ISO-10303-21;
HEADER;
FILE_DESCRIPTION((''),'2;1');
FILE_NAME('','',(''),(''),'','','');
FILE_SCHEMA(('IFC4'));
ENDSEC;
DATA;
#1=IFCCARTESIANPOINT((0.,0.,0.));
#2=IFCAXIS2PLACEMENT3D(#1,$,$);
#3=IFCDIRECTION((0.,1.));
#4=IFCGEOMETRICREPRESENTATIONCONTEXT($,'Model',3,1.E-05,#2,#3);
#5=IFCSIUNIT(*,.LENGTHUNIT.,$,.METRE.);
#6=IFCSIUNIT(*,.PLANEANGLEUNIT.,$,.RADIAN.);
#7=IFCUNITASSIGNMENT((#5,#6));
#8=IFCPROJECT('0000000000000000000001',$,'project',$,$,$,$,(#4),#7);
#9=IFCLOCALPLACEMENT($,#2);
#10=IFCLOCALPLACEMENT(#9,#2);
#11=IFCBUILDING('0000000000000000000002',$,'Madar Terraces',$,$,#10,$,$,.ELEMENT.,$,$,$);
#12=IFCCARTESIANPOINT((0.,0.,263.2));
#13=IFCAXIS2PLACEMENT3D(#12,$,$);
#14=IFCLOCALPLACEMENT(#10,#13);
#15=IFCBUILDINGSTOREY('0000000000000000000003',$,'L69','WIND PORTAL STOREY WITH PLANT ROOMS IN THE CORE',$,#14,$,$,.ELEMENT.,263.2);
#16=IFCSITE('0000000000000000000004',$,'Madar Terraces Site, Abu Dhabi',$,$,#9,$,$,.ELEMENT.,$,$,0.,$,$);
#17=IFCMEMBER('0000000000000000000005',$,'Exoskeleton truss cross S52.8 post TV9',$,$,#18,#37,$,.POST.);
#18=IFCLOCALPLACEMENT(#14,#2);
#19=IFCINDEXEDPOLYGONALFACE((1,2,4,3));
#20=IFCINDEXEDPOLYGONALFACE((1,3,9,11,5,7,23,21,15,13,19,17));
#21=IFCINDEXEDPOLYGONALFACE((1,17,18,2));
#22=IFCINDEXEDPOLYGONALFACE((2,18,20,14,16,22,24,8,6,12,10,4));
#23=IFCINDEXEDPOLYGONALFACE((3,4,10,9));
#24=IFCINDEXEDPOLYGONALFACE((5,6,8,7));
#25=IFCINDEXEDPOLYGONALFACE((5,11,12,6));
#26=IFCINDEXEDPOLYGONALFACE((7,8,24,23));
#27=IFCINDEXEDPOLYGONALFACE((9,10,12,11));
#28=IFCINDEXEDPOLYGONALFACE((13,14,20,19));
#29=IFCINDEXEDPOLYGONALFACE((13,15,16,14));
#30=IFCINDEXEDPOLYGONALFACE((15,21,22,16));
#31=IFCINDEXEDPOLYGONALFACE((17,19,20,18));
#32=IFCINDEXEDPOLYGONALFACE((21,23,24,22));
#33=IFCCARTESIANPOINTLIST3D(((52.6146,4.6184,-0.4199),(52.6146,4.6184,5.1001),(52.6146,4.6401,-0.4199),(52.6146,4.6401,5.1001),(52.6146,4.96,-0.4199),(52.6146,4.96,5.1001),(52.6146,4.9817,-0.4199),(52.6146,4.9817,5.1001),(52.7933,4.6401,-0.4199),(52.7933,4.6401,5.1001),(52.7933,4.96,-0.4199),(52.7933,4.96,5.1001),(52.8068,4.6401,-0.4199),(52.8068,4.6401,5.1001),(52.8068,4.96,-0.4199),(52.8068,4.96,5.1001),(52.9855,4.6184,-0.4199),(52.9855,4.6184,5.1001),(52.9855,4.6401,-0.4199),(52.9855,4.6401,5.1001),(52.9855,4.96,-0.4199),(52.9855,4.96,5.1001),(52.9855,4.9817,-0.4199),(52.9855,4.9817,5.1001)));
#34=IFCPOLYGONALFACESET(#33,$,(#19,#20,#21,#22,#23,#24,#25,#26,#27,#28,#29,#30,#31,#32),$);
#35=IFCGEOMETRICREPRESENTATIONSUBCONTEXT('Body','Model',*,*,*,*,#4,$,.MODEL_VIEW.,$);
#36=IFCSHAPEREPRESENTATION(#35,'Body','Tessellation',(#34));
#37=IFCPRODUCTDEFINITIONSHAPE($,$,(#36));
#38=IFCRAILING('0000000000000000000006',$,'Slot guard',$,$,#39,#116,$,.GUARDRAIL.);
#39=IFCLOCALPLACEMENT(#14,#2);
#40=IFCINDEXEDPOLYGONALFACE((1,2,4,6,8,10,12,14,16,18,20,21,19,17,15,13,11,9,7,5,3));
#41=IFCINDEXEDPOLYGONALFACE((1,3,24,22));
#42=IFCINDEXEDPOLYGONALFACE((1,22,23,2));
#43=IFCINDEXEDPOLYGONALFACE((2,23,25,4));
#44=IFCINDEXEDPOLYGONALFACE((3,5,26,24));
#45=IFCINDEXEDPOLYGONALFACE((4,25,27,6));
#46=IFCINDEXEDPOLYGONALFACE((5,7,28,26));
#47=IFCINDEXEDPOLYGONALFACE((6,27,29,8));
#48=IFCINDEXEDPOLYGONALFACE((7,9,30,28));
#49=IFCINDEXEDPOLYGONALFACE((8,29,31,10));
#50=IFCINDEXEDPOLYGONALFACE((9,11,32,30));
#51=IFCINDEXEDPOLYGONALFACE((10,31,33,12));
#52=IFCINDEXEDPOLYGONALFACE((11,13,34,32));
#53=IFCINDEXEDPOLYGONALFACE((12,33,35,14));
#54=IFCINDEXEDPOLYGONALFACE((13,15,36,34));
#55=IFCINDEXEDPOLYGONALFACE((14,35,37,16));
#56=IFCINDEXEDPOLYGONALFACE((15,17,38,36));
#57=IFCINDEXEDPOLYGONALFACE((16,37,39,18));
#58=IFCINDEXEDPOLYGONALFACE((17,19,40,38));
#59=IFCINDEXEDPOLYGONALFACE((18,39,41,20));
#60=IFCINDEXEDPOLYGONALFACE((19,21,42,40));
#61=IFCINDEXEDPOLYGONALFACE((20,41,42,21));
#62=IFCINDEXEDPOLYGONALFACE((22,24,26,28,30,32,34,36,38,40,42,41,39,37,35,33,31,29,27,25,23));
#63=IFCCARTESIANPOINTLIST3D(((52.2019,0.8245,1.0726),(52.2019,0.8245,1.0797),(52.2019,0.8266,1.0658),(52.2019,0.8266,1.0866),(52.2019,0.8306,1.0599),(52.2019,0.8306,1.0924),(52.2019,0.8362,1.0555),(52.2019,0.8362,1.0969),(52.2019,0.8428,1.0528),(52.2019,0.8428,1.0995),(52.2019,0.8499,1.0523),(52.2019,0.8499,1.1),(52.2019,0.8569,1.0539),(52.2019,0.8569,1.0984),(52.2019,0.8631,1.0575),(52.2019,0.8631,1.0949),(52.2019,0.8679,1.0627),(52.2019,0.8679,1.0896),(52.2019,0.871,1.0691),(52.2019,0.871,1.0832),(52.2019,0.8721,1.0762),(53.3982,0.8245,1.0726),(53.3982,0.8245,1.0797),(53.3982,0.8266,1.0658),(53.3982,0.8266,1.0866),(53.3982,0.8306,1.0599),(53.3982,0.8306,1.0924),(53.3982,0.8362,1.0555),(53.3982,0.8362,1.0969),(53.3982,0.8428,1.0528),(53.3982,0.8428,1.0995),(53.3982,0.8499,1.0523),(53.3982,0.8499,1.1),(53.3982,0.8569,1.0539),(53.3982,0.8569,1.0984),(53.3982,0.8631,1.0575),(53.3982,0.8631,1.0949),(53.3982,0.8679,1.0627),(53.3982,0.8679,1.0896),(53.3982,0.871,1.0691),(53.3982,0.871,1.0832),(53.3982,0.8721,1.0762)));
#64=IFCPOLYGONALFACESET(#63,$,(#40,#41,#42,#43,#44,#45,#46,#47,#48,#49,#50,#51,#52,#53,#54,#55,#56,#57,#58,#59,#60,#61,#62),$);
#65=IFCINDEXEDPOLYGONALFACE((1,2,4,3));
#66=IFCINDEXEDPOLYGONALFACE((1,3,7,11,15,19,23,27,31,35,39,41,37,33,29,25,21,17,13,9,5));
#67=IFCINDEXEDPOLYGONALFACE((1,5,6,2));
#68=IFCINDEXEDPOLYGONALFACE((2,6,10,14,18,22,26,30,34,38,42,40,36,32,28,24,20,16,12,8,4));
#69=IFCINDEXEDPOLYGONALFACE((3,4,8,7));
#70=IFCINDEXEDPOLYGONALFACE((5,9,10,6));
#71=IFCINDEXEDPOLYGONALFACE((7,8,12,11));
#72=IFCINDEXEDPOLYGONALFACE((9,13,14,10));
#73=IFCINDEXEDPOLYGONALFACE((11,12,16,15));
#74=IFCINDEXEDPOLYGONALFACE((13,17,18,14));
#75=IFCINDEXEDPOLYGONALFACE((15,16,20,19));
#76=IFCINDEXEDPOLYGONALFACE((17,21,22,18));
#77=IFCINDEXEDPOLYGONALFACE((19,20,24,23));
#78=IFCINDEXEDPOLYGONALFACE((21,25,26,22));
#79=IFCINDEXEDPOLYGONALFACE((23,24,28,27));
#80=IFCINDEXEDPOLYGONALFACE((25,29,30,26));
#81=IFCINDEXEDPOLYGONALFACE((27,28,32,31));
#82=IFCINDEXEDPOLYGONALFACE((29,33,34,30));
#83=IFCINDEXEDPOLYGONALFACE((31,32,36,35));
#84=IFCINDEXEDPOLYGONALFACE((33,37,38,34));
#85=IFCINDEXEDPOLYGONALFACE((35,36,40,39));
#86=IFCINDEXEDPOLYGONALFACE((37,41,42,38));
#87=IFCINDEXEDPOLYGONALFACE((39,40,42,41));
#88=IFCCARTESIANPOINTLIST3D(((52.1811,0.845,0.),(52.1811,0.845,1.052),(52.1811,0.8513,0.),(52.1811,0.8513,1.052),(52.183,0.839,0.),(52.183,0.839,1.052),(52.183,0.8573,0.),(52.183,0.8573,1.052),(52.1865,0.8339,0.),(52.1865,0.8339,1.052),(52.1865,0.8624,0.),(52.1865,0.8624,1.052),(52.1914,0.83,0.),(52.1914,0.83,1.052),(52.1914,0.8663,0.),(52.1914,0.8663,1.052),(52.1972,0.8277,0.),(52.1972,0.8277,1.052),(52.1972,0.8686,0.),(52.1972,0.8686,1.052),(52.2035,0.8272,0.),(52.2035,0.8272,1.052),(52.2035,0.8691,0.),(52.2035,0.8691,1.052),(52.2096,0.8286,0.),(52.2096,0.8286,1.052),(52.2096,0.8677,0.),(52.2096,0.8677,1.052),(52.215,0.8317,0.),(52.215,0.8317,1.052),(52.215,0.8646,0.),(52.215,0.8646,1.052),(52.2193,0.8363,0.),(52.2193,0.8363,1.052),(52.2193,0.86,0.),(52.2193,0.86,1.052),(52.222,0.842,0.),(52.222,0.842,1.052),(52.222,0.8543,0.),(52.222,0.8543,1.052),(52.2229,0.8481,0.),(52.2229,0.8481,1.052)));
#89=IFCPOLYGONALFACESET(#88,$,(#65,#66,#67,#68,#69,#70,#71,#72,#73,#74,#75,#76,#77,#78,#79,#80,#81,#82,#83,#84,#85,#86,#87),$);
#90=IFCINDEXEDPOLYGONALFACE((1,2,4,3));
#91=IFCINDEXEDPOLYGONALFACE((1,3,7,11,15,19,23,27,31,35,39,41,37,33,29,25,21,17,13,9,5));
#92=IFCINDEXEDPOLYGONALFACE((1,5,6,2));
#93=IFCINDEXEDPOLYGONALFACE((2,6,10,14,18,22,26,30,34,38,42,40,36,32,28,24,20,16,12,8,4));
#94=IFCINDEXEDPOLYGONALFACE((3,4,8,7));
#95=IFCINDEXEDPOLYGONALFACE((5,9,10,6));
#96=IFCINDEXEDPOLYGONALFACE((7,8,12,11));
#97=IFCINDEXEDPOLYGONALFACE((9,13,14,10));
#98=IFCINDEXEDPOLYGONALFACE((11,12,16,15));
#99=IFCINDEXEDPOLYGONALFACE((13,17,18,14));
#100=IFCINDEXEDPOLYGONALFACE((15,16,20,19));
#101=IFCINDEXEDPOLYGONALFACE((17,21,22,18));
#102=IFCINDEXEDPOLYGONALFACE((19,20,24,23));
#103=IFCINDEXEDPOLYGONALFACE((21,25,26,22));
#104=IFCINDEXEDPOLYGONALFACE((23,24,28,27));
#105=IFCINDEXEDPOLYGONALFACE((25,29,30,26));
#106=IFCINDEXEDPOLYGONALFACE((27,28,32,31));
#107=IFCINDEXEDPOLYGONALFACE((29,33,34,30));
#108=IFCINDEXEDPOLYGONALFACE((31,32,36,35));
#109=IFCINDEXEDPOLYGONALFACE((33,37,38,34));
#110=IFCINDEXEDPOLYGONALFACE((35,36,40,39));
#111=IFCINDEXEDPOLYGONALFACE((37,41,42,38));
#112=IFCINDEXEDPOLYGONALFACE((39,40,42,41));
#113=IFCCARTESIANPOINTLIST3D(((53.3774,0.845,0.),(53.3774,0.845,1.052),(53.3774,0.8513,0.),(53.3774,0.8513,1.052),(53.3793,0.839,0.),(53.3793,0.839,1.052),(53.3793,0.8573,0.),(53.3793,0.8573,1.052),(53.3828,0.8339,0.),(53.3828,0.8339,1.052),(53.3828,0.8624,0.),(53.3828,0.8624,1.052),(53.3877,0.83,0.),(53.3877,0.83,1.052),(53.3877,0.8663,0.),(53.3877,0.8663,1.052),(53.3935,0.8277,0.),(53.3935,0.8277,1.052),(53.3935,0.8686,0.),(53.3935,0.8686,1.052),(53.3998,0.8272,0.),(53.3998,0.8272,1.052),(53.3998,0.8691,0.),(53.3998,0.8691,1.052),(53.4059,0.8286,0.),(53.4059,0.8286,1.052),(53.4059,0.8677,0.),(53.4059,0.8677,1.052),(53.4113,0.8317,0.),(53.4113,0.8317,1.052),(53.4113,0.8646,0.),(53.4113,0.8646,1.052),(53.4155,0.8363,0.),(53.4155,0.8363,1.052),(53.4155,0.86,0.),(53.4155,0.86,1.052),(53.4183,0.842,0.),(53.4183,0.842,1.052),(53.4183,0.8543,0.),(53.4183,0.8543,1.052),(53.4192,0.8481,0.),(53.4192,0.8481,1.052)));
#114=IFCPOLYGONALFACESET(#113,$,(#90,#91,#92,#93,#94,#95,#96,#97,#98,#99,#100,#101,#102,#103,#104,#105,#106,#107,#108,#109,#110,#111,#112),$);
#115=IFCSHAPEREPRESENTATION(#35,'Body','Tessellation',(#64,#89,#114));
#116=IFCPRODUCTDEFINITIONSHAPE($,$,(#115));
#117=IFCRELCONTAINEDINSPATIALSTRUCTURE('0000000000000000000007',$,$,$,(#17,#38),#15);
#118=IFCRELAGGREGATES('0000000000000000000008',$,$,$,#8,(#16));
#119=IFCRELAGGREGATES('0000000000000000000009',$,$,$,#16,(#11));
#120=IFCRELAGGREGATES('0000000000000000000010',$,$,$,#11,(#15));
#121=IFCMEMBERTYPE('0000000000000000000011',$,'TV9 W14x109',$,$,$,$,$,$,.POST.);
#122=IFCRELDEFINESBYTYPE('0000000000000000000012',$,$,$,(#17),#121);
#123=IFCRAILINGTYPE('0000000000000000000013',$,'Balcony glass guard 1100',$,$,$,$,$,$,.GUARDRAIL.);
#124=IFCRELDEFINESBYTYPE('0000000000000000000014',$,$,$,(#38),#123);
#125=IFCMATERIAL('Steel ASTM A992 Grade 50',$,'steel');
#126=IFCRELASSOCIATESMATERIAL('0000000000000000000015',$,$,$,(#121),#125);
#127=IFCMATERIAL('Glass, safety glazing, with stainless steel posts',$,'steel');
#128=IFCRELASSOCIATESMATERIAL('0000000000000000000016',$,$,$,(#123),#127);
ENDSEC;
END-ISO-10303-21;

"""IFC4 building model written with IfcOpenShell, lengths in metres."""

from ifc_helpers import new_model, si_unit, direction, frame, origin, origin_2d, place, context, subcontext, project, spatial, circle, i_section, extrude, material, material_profile, profile_set, type_object, element, save


model = new_model("IFC4")

# Units and contexts
model_context = context("Model", 3, precision=1e-05, world=origin(), true_north=direction((0.0, 1.0)))
body_context = subcontext(model_context, "Body", "Model", "MODEL_VIEW")
ifc_project = project(units=[si_unit("LENGTHUNIT", "METRE"), si_unit("PLANEANGLEUNIT", "RADIAN")], contexts=[model_context])

# Site, building, storey
site_placement = place(None, origin())
site = spatial("IfcSite", under=ifc_project, at=site_placement, Name="Madar Terraces Site, Abu Dhabi", CompositionType="ELEMENT", RefElevation=0.0)
building_placement = place(site_placement, origin())
building = spatial("IfcBuilding", under=site, at=building_placement, Name="Madar Terraces", CompositionType="ELEMENT")
storey_placement = place(building_placement, frame((0.0, 0.0, 263.2)))
storey = spatial("IfcBuildingStorey", under=building, at=storey_placement, Name="L69", Description="WIND PORTAL STOREY WITH PLANT ROOMS IN THE CORE", CompositionType="ELEMENT", Elevation=263.2)

# Member
ifc_material_1 = material(Name="Steel ASTM A992 Grade 50", Category="steel")
ifc_material_profile_1 = material_profile(ifc_material_1, i_section(OverallWidth=0.3708, OverallDepth=0.3633, WebThickness=0.0134, FlangeThickness=0.0217, at=origin_2d()), Name="W14x109")
ifc_profile_set_1 = profile_set([ifc_material_profile_1], Name="Steel ASTM A992 Grade 50")
member_type_1 = type_object("IfcMemberType", Name="TV9 W14x109", PredefinedType="POST", material=ifc_profile_set_1)
member_1_placement = place(storey_placement, frame((52.8, 4.8, -0.4199), z_axis=(0.0, 0.0, 1.0), x_axis=(-1.0, 0.0, 0.0)))
element("IfcMember", 1, at=member_1_placement, inside=storey, type_object=member_type_1, Name="Exoskeleton truss cross S52.8 post TV9", PredefinedType="POST", context=body_context, shape_type="SweptSolid", body=[
    extrude(i_section(OverallWidth=0.3708, OverallDepth=0.3633, WebThickness=0.0134, FlangeThickness=0.0217, at=origin_2d()), origin(), (0.0, 0.0, 1.0), 5.52),
])

# Railing
ifc_material_2 = material(Name="Glass, safety glazing, with stainless steel posts", Category="steel")
railing_type = type_object("IfcRailingType", Name="Balcony glass guard 1100", PredefinedType="GUARDRAIL", material=ifc_material_2)
railing_1_placement = place(storey_placement, frame((52.2019, 0.8481, 0.0)))
element("IfcRailing", 2, at=railing_1_placement, inside=storey, type_object=railing_type, Name="Slot guard", PredefinedType="GUARDRAIL", context=body_context, shape_type="SweptSolid", body=[
    extrude(circle(Radius=0.0239, at=origin_2d()), frame((0.0, 0.0, 1.0762), z_axis=(1.0, 0.0, 0.0), x_axis=(0.0, 1.0, 0.0)), (0.0, 0.0, 1.0), 1.1963),
    extrude(circle(Radius=0.021, at=origin_2d()), origin(), (0.0, 0.0, 1.0), 1.052),
    extrude(circle(Radius=0.021, at=origin_2d()), frame((1.1963, 0.0, 0.0)), (0.0, 0.0, 1.0), 1.052),
])

save(model, "model.ifc")
